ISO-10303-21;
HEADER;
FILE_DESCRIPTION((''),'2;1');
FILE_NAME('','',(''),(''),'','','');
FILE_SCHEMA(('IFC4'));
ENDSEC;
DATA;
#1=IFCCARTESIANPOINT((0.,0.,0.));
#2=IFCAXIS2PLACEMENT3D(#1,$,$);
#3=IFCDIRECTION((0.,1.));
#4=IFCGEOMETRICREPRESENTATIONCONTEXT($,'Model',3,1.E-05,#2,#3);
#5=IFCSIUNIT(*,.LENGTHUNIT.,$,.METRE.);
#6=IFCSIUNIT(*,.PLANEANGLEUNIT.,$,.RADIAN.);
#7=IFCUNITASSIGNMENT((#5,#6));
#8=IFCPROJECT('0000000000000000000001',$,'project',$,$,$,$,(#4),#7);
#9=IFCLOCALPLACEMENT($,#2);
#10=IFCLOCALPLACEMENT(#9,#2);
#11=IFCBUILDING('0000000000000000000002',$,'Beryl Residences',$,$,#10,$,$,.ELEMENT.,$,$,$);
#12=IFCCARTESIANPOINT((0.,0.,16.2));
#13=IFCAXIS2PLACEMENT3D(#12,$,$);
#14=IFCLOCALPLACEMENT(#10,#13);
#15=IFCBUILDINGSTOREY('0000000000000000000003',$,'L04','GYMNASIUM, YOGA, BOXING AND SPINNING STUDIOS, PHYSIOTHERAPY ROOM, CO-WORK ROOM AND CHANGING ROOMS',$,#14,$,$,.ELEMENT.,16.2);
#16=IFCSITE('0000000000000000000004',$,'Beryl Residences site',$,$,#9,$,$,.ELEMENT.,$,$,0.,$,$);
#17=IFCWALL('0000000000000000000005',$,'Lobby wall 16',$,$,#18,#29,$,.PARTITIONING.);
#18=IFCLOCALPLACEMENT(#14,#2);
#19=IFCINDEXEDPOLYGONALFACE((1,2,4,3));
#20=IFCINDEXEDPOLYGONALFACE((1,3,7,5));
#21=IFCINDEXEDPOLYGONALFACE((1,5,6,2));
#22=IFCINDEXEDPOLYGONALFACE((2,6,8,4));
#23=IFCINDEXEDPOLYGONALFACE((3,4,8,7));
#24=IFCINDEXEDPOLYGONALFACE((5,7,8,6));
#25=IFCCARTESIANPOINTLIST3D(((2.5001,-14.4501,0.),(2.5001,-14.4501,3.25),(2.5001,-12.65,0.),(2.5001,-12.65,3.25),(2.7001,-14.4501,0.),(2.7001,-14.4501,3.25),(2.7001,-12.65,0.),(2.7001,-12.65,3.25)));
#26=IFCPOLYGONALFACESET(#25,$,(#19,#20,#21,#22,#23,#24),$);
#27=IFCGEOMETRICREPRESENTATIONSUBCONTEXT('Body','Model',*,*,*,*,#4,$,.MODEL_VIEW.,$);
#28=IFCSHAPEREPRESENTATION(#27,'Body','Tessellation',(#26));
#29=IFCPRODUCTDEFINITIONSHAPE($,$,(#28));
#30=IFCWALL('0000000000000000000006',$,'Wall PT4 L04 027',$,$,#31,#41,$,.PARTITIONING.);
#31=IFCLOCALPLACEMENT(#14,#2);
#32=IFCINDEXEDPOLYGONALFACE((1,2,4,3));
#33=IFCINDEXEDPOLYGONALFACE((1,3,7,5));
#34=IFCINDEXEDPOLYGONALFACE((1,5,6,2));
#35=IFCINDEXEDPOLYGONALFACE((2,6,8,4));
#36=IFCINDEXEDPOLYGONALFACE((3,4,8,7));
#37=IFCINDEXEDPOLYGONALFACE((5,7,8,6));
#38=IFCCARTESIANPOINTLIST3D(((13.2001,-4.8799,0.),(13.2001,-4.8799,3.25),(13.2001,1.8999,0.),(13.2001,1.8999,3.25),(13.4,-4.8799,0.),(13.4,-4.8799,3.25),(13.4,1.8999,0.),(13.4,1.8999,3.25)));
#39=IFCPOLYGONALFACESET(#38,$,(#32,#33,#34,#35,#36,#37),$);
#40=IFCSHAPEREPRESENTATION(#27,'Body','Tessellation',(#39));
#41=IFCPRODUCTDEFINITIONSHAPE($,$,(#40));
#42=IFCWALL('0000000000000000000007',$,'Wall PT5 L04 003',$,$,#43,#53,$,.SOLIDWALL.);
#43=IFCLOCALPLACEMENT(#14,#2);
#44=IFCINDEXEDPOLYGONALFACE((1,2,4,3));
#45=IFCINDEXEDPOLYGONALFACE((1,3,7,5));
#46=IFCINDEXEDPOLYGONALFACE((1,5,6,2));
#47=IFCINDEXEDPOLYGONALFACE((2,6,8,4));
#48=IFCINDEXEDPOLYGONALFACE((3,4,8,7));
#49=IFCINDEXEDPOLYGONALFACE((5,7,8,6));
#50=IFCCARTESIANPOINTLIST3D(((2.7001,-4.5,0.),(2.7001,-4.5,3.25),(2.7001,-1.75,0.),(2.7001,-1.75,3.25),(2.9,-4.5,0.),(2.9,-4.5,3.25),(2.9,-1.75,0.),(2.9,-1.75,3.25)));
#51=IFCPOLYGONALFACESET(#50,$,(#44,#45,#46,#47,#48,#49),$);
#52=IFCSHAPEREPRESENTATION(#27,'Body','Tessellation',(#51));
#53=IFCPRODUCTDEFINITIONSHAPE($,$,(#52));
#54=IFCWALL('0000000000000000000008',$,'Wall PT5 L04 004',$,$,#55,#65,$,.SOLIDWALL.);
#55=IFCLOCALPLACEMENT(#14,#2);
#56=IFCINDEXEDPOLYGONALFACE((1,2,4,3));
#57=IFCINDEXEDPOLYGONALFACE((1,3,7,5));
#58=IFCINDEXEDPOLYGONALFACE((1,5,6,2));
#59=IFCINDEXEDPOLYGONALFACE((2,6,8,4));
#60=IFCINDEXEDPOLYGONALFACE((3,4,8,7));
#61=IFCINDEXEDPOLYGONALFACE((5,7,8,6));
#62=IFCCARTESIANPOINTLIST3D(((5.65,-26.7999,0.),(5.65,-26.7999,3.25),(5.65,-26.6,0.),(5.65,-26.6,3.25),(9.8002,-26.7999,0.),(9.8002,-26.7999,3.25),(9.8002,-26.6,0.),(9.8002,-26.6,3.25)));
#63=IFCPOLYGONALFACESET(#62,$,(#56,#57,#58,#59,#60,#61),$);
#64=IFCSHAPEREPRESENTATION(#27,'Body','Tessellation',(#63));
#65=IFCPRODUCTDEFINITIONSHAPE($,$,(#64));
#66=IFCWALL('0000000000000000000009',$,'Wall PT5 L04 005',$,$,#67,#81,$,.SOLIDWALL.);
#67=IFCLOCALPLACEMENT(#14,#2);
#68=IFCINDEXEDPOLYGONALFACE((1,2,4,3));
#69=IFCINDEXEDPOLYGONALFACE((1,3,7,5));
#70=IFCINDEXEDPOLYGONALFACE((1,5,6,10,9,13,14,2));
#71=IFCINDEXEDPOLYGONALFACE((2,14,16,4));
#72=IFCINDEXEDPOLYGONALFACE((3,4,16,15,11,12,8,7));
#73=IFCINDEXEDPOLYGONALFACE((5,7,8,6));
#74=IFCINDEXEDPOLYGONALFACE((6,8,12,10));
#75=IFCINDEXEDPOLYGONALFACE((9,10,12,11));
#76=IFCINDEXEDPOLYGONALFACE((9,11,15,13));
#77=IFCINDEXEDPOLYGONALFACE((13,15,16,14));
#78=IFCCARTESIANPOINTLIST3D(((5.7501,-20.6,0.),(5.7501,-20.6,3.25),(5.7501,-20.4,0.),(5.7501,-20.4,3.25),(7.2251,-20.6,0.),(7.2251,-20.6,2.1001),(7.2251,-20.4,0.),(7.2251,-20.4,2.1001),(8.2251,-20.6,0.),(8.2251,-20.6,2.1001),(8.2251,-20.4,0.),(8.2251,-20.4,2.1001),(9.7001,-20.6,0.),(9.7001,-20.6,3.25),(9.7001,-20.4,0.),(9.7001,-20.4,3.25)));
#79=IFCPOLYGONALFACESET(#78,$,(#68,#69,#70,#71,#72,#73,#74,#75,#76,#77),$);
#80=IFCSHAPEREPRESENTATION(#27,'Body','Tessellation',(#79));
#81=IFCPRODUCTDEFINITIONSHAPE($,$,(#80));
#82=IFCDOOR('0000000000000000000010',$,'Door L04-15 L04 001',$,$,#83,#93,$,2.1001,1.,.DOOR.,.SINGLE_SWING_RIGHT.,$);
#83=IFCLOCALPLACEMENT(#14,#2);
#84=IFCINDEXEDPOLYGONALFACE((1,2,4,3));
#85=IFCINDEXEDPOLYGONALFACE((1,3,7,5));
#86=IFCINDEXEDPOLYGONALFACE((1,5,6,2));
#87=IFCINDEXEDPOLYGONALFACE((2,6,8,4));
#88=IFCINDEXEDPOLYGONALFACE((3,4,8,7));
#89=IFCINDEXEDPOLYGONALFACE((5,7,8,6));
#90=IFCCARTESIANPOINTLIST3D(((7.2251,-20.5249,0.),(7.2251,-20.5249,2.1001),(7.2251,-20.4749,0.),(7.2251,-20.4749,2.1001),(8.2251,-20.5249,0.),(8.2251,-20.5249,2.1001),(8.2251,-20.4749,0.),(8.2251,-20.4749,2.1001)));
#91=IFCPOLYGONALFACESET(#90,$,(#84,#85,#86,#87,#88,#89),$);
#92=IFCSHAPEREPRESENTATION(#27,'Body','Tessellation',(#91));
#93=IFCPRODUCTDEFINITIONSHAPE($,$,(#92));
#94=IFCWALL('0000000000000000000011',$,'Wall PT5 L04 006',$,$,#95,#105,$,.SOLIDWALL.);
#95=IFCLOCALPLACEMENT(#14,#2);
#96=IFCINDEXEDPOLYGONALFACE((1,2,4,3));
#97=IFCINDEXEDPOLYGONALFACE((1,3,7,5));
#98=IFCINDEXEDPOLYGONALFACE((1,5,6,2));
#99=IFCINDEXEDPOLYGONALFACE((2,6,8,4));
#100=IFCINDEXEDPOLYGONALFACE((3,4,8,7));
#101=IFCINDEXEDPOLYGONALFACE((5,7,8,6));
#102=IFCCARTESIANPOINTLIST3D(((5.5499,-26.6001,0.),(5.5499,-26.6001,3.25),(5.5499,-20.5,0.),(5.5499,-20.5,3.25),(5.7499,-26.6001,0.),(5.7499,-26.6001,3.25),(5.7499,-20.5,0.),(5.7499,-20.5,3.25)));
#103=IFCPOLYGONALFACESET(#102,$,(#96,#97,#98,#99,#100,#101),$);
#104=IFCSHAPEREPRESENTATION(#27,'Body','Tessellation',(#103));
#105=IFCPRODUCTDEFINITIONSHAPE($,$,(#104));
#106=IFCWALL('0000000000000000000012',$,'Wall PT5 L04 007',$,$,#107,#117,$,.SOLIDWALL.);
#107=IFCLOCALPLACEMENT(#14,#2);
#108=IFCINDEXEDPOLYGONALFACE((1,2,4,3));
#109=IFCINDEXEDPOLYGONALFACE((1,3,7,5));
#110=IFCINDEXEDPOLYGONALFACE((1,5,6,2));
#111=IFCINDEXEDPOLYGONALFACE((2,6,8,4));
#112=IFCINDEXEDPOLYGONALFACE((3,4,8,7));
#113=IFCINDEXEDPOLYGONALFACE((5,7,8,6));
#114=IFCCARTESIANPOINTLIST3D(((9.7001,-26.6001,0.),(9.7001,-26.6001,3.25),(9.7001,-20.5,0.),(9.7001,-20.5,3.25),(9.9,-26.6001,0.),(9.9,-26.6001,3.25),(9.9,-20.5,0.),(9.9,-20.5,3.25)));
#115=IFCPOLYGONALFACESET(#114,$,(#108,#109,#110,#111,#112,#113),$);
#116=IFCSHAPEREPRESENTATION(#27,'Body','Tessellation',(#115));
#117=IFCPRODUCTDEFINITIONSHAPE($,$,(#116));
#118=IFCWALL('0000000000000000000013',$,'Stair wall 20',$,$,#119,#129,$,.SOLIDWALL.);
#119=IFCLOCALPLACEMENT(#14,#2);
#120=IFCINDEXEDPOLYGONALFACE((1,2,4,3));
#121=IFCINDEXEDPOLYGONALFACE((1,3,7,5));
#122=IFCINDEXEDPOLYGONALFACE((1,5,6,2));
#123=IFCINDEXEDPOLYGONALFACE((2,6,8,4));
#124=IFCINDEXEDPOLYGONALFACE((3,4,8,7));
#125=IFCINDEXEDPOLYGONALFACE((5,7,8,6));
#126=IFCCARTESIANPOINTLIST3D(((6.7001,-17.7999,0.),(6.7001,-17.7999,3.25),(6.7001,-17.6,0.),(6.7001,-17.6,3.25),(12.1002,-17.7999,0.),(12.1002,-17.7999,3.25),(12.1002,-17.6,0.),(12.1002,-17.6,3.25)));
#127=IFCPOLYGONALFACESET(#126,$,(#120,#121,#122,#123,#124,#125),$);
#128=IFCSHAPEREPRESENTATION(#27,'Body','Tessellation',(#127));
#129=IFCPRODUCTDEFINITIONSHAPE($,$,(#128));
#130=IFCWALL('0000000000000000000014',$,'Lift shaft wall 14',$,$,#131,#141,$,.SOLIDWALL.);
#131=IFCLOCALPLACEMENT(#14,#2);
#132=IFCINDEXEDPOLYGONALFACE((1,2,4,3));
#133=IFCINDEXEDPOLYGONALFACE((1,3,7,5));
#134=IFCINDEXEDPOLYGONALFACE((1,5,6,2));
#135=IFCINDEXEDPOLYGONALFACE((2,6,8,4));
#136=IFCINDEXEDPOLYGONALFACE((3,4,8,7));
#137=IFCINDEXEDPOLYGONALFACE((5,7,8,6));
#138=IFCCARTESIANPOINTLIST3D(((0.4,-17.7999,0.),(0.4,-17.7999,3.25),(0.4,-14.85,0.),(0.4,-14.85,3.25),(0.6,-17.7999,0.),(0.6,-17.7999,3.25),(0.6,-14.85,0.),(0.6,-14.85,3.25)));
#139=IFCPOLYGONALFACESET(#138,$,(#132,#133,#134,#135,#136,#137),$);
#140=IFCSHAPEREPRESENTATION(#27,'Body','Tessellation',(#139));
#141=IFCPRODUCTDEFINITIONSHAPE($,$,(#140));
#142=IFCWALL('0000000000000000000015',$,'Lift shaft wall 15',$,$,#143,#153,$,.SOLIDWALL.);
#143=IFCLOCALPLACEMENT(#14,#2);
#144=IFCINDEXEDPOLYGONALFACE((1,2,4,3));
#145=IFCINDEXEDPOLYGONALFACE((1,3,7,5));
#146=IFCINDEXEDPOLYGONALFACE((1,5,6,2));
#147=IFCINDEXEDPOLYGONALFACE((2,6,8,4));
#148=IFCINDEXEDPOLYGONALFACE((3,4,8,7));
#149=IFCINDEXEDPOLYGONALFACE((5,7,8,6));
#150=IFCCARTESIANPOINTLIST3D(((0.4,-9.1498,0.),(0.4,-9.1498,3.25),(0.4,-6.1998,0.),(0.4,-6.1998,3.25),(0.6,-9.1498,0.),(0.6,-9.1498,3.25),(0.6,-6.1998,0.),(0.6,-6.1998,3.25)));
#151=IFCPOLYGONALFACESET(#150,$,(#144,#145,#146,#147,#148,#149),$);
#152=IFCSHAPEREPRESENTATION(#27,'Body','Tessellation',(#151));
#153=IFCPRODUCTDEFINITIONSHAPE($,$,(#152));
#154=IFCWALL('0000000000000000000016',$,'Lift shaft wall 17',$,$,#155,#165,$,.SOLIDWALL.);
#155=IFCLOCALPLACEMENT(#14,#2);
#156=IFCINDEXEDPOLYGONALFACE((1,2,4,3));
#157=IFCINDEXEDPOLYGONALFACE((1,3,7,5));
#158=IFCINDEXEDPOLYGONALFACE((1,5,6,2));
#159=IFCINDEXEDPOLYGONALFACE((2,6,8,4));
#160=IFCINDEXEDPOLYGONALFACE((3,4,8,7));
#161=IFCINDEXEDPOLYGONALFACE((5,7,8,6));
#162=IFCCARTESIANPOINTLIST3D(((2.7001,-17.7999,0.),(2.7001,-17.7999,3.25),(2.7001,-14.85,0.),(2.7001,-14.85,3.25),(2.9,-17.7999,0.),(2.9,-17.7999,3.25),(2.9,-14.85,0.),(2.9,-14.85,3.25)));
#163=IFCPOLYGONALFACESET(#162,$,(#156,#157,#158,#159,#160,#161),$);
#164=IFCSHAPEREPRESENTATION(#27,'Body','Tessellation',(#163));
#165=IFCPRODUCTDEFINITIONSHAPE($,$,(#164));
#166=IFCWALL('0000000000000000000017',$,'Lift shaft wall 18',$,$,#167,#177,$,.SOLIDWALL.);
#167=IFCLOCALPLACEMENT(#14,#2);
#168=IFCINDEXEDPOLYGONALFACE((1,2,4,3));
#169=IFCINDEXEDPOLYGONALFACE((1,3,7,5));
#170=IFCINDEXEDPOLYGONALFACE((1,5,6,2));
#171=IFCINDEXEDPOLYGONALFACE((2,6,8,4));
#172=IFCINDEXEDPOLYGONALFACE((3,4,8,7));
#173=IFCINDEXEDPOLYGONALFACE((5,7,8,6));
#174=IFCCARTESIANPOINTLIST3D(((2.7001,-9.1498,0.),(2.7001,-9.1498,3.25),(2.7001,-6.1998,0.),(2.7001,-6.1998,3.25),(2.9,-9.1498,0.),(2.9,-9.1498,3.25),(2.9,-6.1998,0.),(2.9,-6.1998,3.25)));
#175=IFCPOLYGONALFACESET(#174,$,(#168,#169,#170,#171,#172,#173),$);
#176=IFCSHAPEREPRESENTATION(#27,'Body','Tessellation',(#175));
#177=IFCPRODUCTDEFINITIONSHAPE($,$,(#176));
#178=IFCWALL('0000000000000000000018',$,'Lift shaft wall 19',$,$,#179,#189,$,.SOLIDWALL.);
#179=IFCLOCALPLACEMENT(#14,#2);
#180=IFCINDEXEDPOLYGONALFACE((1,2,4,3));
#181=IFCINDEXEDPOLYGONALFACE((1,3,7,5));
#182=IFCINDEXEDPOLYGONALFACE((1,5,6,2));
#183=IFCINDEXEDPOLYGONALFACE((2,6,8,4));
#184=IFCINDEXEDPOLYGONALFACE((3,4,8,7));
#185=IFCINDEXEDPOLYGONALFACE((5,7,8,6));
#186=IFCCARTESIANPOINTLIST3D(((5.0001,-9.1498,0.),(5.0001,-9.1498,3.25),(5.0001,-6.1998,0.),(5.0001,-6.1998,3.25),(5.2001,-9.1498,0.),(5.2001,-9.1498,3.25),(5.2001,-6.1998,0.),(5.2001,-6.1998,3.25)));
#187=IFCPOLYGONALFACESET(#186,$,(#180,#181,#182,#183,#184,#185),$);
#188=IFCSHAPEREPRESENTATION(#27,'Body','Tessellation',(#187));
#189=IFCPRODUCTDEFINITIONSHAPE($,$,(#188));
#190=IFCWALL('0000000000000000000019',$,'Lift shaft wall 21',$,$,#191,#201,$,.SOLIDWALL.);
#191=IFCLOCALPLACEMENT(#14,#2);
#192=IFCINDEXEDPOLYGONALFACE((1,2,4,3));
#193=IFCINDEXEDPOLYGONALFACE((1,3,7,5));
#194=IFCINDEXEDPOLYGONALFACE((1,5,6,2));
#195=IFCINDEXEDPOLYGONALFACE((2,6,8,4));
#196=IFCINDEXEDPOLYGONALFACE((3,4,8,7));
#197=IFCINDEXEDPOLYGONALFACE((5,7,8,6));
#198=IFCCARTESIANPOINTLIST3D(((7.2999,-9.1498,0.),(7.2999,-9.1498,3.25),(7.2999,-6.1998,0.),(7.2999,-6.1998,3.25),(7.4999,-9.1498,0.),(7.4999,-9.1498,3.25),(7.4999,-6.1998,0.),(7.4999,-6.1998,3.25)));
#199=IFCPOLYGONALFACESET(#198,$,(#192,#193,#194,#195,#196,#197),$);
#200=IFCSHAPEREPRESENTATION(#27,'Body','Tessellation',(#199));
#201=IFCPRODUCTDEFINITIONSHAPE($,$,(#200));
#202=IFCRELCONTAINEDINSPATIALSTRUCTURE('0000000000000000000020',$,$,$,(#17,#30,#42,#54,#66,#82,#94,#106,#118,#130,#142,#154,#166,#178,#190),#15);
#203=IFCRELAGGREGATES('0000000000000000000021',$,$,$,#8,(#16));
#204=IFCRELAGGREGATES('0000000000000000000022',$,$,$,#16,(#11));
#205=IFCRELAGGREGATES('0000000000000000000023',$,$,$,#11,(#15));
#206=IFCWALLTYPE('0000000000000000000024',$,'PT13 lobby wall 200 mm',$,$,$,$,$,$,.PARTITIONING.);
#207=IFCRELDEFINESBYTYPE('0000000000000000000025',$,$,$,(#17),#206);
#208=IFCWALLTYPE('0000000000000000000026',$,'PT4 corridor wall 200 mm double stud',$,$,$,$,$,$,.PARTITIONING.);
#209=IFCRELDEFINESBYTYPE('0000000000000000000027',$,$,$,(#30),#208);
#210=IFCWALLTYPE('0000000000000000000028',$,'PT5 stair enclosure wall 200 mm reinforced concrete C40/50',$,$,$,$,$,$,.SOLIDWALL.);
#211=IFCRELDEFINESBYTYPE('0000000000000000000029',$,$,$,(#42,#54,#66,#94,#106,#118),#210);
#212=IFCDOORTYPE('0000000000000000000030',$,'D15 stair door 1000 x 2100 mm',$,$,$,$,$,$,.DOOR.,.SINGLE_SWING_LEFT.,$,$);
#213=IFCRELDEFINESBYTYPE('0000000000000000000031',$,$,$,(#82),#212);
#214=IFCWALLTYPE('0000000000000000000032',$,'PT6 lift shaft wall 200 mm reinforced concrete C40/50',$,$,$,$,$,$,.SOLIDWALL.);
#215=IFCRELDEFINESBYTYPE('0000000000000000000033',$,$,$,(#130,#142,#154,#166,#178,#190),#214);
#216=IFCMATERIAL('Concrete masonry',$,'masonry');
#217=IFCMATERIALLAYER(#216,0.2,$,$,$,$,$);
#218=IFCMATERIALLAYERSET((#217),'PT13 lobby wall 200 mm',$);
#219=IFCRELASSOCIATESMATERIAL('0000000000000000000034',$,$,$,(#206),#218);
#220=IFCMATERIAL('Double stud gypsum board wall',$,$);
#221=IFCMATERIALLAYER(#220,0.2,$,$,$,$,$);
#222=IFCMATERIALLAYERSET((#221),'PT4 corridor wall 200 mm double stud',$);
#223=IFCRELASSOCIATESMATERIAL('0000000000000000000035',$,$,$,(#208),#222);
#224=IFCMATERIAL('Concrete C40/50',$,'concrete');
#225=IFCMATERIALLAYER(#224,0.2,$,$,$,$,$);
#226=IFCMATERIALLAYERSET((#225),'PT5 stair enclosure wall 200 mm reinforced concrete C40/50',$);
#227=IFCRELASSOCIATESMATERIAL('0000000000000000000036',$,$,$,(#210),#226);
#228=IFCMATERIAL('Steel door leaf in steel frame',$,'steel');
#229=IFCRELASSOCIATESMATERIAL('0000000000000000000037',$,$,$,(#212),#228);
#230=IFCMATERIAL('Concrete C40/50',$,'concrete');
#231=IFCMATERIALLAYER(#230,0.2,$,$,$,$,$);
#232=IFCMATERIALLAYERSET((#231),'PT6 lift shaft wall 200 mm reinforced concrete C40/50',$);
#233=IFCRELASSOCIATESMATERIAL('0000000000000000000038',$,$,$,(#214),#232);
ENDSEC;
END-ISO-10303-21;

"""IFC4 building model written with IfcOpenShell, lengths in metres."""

from ifc_helpers import new_model, si_unit, direction, frame, frame_2d, origin, place, context, subcontext, project, spatial, rectangle, extrude, material, layer, layer_set, type_object, element, fill, save


model = new_model("IFC4")

# Units and contexts
model_context = context("Model", 3, precision=1e-05, world=origin(), true_north=direction((0.0, 1.0)))
body_context = subcontext(model_context, "Body", "Model", "MODEL_VIEW")
ifc_project = project(units=[si_unit("LENGTHUNIT", "METRE"), si_unit("PLANEANGLEUNIT", "RADIAN")], contexts=[model_context])

# Site, building, storey
site_placement = place(None, origin())
site = spatial("IfcSite", under=ifc_project, at=site_placement, Name="Beryl Residences site", CompositionType="ELEMENT", RefElevation=0.0)
building_placement = place(site_placement, origin())
building = spatial("IfcBuilding", under=site, at=building_placement, Name="Beryl Residences", CompositionType="ELEMENT")
storey_placement = place(building_placement, frame((0.0, 0.0, 16.2)))
storey = spatial("IfcBuildingStorey", under=building, at=storey_placement, Name="L04", Description="GYMNASIUM, YOGA, BOXING AND SPINNING STUDIOS, PHYSIOTHERAPY ROOM, CO-WORK ROOM AND CHANGING ROOMS", CompositionType="ELEMENT", Elevation=16.2)

# Walls
ifc_material_1 = material(Name="Concrete masonry", Category="masonry")
ifc_layer_1 = layer(ifc_material_1, 0.2)
ifc_layer_set_1 = layer_set([ifc_layer_1], Name="PT13 lobby wall 200 mm")
wall_type_1 = type_object("IfcWallType", Name="PT13 lobby wall 200 mm", PredefinedType="PARTITIONING", material=ifc_layer_set_1)
wall_1_placement = place(storey_placement, frame((2.6001, -14.45, 0.0), z_axis=(0.0, 0.0, 1.0), x_axis=(0.0, 1.0, 0.0)))
element("IfcWall", 1, at=wall_1_placement, inside=storey, type_object=wall_type_1, Name="Lobby wall 16", PredefinedType="PARTITIONING", context=body_context, shape_type="SweptSolid", body=[
    extrude(rectangle(XDim=1.8, YDim=0.2, at=frame_2d((0.8999, 0.0))), origin(), (0.0, 0.0, 1.0), 3.25),
])
ifc_material_2 = material(Name="Double stud gypsum board wall")
ifc_layer_2 = layer(ifc_material_2, 0.2)
ifc_layer_set_2 = layer_set([ifc_layer_2], Name="PT4 corridor wall 200 mm double stud")
wall_type_2 = type_object("IfcWallType", Name="PT4 corridor wall 200 mm double stud", PredefinedType="PARTITIONING", material=ifc_layer_set_2)
wall_2_placement = place(storey_placement, frame((13.3, -4.8799, 0.0), z_axis=(0.0, 0.0, 1.0), x_axis=(0.0, 1.0, 0.0)))
element("IfcWall", 2, at=wall_2_placement, inside=storey, type_object=wall_type_2, Name="Wall PT4 L04 027", PredefinedType="PARTITIONING", context=body_context, shape_type="SweptSolid", body=[
    extrude(rectangle(XDim=6.7798, YDim=0.2, at=frame_2d((3.3899, 0.0))), origin(), (0.0, 0.0, 1.0), 3.25),
])
ifc_material_3 = material(Name="Concrete C40/50", Category="concrete")
ifc_layer_3 = layer(ifc_material_3, 0.2)
ifc_layer_set_3 = layer_set([ifc_layer_3], Name="PT5 stair enclosure wall 200 mm reinforced concrete C40/50")
wall_type_3 = type_object("IfcWallType", Name="PT5 stair enclosure wall 200 mm reinforced concrete C40/50", PredefinedType="SOLIDWALL", material=ifc_layer_set_3)
wall_3_placement = place(storey_placement, frame((2.8, -4.5, 0.0), z_axis=(0.0, 0.0, 1.0), x_axis=(0.0, 1.0, 0.0)))
element("IfcWall", 3, at=wall_3_placement, inside=storey, type_object=wall_type_3, Name="Wall PT5 L04 003", PredefinedType="SOLIDWALL", context=body_context, shape_type="SweptSolid", body=[
    extrude(rectangle(XDim=2.75, YDim=0.2, at=frame_2d((1.375, 0.0))), origin(), (0.0, 0.0, 1.0), 3.25),
])
wall_4_placement = place(storey_placement, frame((5.6499, -26.7, 0.0), z_axis=(0.0, 0.0, 1.0), x_axis=(1.0, 0.0, 0.0)))
element("IfcWall", 4, at=wall_4_placement, inside=storey, type_object=wall_type_3, Name="Wall PT5 L04 004", PredefinedType="SOLIDWALL", context=body_context, shape_type="SweptSolid", body=[
    extrude(rectangle(XDim=4.1501, YDim=0.2, at=frame_2d((2.0752, 0.0))), origin(), (0.0, 0.0, 1.0), 3.25),
])

# Wall, opening, door
wall_5_placement = place(storey_placement, frame((5.75, -20.5, 0.0), z_axis=(0.0, 0.0, 1.0), x_axis=(1.0, 0.0, 0.0)))
wall_5 = element("IfcWall", 5, at=wall_5_placement, inside=storey, type_object=wall_type_3, Name="Wall PT5 L04 005", PredefinedType="SOLIDWALL", context=body_context, shape_type="SweptSolid", body=[
    extrude(rectangle(XDim=3.95, YDim=0.2, at=frame_2d((1.9751, 0.0))), origin(), (0.0, 0.0, 1.0), 3.25),
])
opening_placement = place(wall_5_placement, frame((2.4751, 0.0, 0.0), z_axis=(0.0, 0.0, 1.0), x_axis=(-1.0, 0.0, 0.0)))
opening = element("IfcOpeningElement", 6, at=opening_placement, cuts=wall_5, PredefinedType="OPENING", context=body_context, shape_type="SweptSolid", body=[
    extrude(rectangle(XDim=1.0, YDim=2.1001, at=frame_2d((0.5, 1.05))), frame((0.0, 0.1099, 0.0), z_axis=(0.0, -1.0, 0.0), x_axis=(1.0, 0.0, 0.0)), (0.0, 0.0, 1.0), 0.22),
])
ifc_material_4 = material(Name="Steel door leaf in steel frame", Category="steel")
door_type = type_object("IfcDoorType", Name="D15 stair door 1000 x 2100 mm", OperationType="SINGLE_SWING_LEFT", PredefinedType="DOOR", material=ifc_material_4)
door_placement = place(opening_placement, origin())
door = element("IfcDoor", 7, at=door_placement, inside=storey, type_object=door_type, Name="Door L04-15 L04 001", OperationType="SINGLE_SWING_RIGHT", OverallHeight=2.1001, OverallWidth=1.0, PredefinedType="DOOR", context=body_context, shape_type="SweptSolid", body=[
    extrude(rectangle(XDim=1.0, YDim=2.1001, at=frame_2d((0.5, 1.05))), frame((0.0, 0.0249, 0.0), z_axis=(0.0, -1.0, 0.0), x_axis=(1.0, 0.0, 0.0)), (0.0, 0.0, 1.0), 0.05),
])
fill(opening, door)

# Walls
for number, where, z_axis, x_axis, name in (
    (8, (5.6499, -26.6001, 0.0), (0.0, 0.0, 1.0), (0.0, 1.0, 0.0), "Wall PT5 L04 006"),
    (9, (9.8, -26.6001, 0.0), (0.0, 0.0, 1.0), (0.0, 1.0, 0.0), "Wall PT5 L04 007"),
):
    element("IfcWall", number, at=place(storey_placement, frame(where, z_axis=z_axis, x_axis=x_axis)), inside=storey, type_object=wall_type_3, Name=name, PredefinedType="SOLIDWALL", context=body_context, shape_type="SweptSolid", body=[
        extrude(rectangle(XDim=6.1001, YDim=0.2, at=frame_2d((3.05, 0.0))), origin(), (0.0, 0.0, 1.0), 3.25),
    ])
wall_6_placement = place(storey_placement, frame((6.7, -17.7, 0.0), z_axis=(0.0, 0.0, 1.0), x_axis=(1.0, 0.0, 0.0)))
element("IfcWall", 10, at=wall_6_placement, inside=storey, type_object=wall_type_3, Name="Stair wall 20", PredefinedType="SOLIDWALL", context=body_context, shape_type="SweptSolid", body=[
    extrude(rectangle(XDim=5.4001, YDim=0.2, at=frame_2d((2.7002, 0.0))), origin(), (0.0, 0.0, 1.0), 3.25),
])
ifc_material_5 = material(Name="Concrete C40/50", Category="concrete")
ifc_layer_4 = layer(ifc_material_5, 0.2)
ifc_layer_set_4 = layer_set([ifc_layer_4], Name="PT6 lift shaft wall 200 mm reinforced concrete C40/50")
wall_type_4 = type_object("IfcWallType", Name="PT6 lift shaft wall 200 mm reinforced concrete C40/50", PredefinedType="SOLIDWALL", material=ifc_layer_set_4)
for number, where, z_axis, x_axis, name in (
    (11, (0.5, -17.8, 0.0), (0.0, 0.0, 1.0), (0.0, 1.0, 0.0), "Lift shaft wall 14"),
    (12, (0.5, -9.1499, 0.0), (0.0, 0.0, 1.0), (0.0, 1.0, 0.0), "Lift shaft wall 15"),
    (13, (2.8, -17.8, 0.0), (0.0, 0.0, 1.0), (0.0, 1.0, 0.0), "Lift shaft wall 17"),
    (14, (2.8, -9.1499, 0.0), (0.0, 0.0, 1.0), (0.0, 1.0, 0.0), "Lift shaft wall 18"),
    (15, (5.1001, -9.1499, 0.0), (0.0, 0.0, 1.0), (0.0, 1.0, 0.0), "Lift shaft wall 19"),
    (16, (7.3999, -9.1499, 0.0), (0.0, 0.0, 1.0), (0.0, 1.0, 0.0), "Lift shaft wall 21"),
):
    element("IfcWall", number, at=place(storey_placement, frame(where, z_axis=z_axis, x_axis=x_axis)), inside=storey, type_object=wall_type_4, Name=name, PredefinedType="SOLIDWALL", context=body_context, shape_type="SweptSolid", body=[
        extrude(rectangle(XDim=2.95, YDim=0.2, at=frame_2d((1.4751, 0.0))), origin(), (0.0, 0.0, 1.0), 3.25),
    ])

save(model, "model.ifc")
